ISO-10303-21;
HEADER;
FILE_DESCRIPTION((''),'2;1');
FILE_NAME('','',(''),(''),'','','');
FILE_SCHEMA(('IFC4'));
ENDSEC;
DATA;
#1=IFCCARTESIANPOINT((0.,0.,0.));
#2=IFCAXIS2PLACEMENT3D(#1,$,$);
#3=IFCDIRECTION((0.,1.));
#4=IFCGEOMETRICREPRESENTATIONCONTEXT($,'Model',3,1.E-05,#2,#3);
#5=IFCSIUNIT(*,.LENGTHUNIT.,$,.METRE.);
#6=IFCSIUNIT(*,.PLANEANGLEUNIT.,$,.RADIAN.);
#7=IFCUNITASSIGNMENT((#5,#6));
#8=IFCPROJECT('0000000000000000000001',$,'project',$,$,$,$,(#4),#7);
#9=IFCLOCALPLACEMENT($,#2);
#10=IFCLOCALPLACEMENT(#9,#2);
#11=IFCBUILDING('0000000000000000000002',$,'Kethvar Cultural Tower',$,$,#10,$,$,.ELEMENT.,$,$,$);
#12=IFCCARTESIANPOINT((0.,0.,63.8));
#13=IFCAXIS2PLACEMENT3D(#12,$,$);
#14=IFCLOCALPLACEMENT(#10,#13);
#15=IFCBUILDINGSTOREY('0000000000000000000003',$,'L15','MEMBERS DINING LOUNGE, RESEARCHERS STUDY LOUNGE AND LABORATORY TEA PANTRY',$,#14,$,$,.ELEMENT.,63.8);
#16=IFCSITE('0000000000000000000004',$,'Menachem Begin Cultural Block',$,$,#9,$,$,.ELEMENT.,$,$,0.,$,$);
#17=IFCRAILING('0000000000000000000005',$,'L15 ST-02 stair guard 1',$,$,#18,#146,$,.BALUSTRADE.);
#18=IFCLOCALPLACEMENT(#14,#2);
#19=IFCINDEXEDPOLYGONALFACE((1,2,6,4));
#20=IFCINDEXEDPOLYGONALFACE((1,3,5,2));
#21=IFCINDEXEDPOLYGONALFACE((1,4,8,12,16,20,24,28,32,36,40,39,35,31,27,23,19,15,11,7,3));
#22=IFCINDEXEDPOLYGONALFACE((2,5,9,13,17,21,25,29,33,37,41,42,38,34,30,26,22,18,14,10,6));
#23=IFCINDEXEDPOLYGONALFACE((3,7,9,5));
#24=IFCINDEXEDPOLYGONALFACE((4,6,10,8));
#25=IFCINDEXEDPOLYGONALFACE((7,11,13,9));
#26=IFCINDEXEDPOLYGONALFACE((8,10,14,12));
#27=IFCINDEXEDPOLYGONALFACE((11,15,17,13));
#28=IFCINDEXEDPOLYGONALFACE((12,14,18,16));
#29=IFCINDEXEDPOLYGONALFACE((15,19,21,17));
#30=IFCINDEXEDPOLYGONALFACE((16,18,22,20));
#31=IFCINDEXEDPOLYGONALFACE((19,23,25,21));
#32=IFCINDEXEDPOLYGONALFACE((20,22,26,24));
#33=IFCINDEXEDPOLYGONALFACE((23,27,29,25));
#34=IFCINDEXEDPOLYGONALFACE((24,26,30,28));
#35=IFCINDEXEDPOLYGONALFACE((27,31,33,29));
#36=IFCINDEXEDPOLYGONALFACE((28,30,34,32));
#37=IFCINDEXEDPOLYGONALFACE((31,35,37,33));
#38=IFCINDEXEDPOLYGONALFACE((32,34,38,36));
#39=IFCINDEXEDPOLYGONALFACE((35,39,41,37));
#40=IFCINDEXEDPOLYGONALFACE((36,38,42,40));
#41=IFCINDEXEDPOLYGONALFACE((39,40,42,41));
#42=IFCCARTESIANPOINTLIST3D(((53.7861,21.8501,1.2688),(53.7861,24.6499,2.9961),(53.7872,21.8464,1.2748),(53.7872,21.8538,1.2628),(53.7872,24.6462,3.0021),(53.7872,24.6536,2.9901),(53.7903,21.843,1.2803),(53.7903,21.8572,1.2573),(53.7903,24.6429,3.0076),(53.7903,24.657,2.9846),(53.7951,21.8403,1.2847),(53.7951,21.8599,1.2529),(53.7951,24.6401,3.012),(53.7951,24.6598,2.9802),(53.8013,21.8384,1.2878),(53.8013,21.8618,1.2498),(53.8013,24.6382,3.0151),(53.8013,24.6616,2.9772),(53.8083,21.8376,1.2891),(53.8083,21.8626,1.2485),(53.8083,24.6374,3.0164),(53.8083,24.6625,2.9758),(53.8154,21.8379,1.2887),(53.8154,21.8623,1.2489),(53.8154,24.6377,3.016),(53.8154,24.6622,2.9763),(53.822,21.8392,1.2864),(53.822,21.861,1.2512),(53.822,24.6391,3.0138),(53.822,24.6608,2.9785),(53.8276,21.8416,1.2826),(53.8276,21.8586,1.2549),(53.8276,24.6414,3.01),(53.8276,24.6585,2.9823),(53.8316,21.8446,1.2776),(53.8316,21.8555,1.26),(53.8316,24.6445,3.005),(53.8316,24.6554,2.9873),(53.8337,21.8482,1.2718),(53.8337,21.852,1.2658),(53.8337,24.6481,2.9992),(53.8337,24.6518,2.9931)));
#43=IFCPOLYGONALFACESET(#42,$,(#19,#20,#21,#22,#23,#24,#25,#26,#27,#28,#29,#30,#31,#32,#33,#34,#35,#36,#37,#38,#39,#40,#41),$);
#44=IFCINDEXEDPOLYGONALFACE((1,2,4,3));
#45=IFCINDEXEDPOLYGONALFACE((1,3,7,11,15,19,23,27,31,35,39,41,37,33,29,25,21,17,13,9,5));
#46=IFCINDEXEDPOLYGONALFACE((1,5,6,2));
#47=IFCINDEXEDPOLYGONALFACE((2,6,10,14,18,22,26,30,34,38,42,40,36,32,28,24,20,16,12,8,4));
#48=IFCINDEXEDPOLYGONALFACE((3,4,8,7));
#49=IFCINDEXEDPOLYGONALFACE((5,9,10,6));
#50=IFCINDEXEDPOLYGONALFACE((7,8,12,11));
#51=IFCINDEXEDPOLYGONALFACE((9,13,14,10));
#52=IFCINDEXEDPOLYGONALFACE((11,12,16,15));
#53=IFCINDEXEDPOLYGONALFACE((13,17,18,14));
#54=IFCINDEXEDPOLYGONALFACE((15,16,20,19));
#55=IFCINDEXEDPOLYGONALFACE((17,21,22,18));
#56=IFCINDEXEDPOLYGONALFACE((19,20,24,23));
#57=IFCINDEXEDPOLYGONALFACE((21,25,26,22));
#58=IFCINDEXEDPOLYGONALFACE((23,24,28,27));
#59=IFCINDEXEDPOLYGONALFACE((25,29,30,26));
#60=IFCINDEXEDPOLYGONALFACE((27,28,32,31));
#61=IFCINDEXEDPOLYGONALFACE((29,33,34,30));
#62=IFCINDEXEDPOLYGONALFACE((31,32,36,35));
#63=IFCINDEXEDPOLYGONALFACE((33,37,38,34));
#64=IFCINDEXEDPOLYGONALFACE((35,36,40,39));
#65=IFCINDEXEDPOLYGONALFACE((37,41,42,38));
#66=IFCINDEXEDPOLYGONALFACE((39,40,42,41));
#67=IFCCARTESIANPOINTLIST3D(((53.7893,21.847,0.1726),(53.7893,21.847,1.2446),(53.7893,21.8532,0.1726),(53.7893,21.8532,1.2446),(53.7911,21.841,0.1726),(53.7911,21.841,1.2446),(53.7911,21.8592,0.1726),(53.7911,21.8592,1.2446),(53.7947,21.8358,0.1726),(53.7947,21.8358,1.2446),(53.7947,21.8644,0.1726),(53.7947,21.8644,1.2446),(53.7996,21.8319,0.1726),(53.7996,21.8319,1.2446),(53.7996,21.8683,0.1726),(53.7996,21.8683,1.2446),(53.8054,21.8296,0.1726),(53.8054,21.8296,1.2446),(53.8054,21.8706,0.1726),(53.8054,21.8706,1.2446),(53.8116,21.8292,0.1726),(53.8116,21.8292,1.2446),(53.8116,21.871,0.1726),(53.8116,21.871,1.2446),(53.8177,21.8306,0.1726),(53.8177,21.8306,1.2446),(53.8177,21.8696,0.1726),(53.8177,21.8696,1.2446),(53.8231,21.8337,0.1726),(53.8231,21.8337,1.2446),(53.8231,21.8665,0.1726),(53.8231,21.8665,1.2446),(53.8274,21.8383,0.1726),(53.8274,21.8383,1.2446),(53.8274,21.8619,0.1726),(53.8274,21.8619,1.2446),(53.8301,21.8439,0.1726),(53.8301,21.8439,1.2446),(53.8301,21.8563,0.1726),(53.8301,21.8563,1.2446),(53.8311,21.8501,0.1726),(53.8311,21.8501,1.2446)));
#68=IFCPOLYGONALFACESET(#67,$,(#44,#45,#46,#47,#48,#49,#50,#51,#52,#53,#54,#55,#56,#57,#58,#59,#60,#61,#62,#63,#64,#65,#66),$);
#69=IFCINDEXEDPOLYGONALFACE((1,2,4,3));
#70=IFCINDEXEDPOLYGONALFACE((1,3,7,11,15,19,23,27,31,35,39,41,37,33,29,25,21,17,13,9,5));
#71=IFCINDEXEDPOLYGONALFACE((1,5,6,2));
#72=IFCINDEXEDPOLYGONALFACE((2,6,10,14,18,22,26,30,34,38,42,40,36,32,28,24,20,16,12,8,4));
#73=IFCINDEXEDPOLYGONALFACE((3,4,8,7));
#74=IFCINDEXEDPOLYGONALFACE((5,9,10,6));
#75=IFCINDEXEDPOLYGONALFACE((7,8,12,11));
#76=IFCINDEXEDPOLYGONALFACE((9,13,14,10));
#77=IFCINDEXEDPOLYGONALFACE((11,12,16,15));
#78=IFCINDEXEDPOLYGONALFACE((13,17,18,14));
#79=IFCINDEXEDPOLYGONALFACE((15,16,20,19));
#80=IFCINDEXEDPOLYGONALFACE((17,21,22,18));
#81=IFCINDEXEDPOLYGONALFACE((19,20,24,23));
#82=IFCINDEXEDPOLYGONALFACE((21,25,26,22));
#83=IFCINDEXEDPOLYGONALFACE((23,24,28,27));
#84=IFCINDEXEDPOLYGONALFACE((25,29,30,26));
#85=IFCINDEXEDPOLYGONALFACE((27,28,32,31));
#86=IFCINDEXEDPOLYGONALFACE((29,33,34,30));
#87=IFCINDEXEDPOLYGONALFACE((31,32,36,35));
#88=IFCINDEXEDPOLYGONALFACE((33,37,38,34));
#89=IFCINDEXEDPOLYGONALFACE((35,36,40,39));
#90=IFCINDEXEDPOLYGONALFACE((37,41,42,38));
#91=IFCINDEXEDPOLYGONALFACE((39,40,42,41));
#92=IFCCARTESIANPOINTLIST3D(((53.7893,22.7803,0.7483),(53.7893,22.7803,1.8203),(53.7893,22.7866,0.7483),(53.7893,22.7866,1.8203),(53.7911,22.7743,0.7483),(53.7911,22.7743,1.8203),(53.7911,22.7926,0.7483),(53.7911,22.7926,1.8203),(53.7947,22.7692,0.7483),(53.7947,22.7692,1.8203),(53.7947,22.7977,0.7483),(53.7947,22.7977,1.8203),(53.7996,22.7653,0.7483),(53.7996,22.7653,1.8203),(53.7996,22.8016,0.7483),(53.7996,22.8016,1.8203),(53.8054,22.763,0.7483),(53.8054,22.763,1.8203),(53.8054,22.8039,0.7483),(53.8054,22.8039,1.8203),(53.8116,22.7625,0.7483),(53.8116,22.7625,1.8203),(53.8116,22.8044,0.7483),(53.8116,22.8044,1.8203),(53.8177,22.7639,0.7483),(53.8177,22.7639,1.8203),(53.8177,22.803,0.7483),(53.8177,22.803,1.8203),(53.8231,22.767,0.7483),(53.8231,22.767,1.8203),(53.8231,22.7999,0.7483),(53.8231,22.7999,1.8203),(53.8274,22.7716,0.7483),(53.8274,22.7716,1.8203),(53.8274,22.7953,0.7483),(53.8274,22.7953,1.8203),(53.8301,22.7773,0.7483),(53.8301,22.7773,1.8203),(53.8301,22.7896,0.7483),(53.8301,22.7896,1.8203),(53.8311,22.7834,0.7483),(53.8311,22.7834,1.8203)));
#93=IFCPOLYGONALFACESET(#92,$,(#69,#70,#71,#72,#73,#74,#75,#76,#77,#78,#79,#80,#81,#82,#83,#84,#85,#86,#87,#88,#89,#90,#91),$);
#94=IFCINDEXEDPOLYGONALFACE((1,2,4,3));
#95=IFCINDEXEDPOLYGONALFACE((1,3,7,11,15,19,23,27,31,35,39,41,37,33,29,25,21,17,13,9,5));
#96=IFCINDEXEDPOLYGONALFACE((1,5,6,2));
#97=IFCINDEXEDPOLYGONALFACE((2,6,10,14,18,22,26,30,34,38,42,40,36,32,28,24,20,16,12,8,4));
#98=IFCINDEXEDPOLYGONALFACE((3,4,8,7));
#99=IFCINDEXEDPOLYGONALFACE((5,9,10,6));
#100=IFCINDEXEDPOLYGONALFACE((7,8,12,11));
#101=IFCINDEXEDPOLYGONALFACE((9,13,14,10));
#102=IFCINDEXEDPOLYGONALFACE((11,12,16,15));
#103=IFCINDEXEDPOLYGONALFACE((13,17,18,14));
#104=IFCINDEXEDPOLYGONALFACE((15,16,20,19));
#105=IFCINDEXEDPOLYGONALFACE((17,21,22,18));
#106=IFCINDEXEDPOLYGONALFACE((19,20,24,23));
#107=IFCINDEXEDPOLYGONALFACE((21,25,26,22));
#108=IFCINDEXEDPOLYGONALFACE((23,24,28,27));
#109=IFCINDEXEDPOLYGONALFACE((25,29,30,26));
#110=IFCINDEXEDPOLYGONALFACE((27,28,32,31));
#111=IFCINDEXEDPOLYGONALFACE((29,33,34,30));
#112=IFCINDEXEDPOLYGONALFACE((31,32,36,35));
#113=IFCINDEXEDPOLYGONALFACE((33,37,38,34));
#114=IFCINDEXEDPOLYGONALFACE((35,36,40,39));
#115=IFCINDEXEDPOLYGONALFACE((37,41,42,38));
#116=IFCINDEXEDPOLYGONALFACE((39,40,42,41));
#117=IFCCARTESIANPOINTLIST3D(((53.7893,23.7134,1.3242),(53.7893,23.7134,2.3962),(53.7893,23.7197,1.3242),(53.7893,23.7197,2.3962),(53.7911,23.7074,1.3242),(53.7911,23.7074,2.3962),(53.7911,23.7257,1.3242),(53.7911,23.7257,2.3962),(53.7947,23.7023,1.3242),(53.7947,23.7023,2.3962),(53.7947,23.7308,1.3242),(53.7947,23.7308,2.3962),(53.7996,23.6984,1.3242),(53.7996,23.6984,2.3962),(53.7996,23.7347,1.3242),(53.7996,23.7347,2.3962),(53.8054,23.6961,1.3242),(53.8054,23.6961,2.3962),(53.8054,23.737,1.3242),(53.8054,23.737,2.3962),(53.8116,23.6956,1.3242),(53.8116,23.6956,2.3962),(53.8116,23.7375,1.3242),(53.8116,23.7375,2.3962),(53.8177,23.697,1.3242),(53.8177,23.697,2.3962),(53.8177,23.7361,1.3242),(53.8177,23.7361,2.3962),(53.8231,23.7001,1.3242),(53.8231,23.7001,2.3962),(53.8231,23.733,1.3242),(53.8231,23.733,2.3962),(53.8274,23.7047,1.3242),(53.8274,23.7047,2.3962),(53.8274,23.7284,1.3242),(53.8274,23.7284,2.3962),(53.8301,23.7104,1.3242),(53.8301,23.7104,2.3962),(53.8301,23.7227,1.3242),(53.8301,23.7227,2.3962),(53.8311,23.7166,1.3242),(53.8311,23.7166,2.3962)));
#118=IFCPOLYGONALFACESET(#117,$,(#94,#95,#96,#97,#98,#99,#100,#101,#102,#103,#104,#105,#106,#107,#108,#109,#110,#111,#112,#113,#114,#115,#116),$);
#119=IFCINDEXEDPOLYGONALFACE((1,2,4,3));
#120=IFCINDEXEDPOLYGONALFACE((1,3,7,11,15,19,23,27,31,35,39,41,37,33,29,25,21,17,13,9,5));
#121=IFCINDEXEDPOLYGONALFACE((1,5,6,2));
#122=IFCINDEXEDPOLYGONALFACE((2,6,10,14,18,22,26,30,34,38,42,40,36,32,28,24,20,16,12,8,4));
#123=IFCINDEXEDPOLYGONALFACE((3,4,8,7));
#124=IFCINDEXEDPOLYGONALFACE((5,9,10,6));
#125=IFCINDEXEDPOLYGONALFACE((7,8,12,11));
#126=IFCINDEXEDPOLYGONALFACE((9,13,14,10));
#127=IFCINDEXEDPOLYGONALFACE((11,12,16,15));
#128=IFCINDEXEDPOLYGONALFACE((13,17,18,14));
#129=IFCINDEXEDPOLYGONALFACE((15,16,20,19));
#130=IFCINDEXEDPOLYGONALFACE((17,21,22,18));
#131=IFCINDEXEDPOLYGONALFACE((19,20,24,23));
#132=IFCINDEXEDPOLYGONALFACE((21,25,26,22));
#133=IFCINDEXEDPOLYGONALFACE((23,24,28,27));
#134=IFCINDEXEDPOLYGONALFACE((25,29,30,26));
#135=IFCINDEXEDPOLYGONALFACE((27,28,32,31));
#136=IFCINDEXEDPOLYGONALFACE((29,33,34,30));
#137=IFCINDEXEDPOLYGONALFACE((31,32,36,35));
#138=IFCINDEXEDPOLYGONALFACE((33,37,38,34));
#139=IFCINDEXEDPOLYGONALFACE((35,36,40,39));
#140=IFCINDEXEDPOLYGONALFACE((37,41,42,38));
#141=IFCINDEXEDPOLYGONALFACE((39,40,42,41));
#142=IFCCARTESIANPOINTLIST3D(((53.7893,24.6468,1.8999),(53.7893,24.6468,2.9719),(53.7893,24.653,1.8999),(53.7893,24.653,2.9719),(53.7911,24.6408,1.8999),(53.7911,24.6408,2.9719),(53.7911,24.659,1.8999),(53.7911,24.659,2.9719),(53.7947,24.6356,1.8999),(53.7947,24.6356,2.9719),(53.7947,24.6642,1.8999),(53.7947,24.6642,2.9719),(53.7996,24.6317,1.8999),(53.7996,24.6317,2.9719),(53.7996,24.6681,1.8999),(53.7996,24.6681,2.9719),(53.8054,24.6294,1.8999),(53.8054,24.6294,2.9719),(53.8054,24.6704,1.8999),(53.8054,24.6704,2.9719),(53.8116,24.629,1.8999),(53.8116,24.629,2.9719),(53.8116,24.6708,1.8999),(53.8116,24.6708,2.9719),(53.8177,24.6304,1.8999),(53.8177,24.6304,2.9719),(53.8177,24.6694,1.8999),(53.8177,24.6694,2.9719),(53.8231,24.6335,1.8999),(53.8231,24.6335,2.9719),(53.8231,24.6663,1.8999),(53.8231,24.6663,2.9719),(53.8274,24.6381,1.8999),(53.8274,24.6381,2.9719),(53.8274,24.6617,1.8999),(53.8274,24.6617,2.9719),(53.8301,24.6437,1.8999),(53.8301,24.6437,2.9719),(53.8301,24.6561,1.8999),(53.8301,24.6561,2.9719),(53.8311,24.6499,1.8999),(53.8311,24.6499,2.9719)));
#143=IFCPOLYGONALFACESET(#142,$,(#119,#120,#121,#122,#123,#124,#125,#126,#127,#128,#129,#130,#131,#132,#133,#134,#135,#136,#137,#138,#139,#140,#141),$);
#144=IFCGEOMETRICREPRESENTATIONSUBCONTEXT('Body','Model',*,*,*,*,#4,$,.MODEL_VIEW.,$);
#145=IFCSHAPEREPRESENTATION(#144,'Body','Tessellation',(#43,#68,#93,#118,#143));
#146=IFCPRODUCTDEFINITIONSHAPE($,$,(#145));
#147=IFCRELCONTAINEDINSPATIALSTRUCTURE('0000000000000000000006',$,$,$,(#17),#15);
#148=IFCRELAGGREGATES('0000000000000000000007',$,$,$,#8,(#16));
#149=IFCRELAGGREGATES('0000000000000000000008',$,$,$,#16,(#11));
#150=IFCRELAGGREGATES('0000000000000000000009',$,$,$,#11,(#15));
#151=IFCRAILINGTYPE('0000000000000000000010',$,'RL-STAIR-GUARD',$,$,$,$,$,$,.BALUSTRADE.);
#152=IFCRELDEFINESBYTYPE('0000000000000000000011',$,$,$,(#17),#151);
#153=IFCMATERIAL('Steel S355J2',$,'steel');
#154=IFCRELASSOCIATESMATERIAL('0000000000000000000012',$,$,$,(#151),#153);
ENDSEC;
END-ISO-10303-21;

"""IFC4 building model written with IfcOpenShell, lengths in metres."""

from ifc_helpers import new_model, si_unit, direction, frame, origin, origin_2d, place, context, subcontext, project, spatial, circle, extrude, material, type_object, element, save


model = new_model("IFC4")

# Units and contexts
model_context = context("Model", 3, precision=1e-05, world=origin(), true_north=direction((0.0, 1.0)))
body_context = subcontext(model_context, "Body", "Model", "MODEL_VIEW")
ifc_project = project(units=[si_unit("LENGTHUNIT", "METRE"), si_unit("PLANEANGLEUNIT", "RADIAN")], contexts=[model_context])

# Site, building, storey
site_placement = place(None, origin())
site = spatial("IfcSite", under=ifc_project, at=site_placement, Name="Menachem Begin Cultural Block", CompositionType="ELEMENT", RefElevation=0.0)
building_placement = place(site_placement, origin())
building = spatial("IfcBuilding", under=site, at=building_placement, Name="Kethvar Cultural Tower", CompositionType="ELEMENT")
storey_placement = place(building_placement, frame((0.0, 0.0, 63.8)))
storey = spatial("IfcBuildingStorey", under=building, at=storey_placement, Name="L15", Description="MEMBERS DINING LOUNGE, RESEARCHERS STUDY LOUNGE AND LABORATORY TEA PANTRY", CompositionType="ELEMENT", Elevation=63.8)

# Shared definitions
ifc_material_1 = material(Name="Steel S355J2", Category="steel")

# Railing
railing_type_1 = type_object("IfcRailingType", Name="RL-STAIR-GUARD", PredefinedType="BALUSTRADE", material=ifc_material_1)
railing_1_placement = place(storey_placement, frame((53.8101, 21.8501, 0.1726)))
element("IfcRailing", 1, at=railing_1_placement, inside=storey, type_object=railing_type_1, Name="L15 ST-02 stair guard 1", PredefinedType="BALUSTRADE", context=body_context, shape_type="SweptSolid", body=[
    extrude(circle(Radius=0.0239, at=origin_2d()), frame((0.0, 0.0, 1.0962), z_axis=(0.0, 0.851069, 0.525054), x_axis=(-1.0, 0.0, 0.0)), (0.0, 0.0, 1.0), 3.2898),
    extrude(circle(Radius=0.021, at=origin_2d()), origin(), (0.0, 0.0, 1.0), 1.072),
    extrude(circle(Radius=0.021, at=origin_2d()), frame((0.0, 0.9333, 0.5757)), (0.0, 0.0, 1.0), 1.072),
    extrude(circle(Radius=0.021, at=origin_2d()), frame((0.0, 1.8665, 1.1516)), (0.0, 0.0, 1.0), 1.072),
    extrude(circle(Radius=0.021, at=origin_2d()), frame((0.0, 2.7998, 1.7273)), (0.0, 0.0, 1.0), 1.072),
])

save(model, "model.ifc")
